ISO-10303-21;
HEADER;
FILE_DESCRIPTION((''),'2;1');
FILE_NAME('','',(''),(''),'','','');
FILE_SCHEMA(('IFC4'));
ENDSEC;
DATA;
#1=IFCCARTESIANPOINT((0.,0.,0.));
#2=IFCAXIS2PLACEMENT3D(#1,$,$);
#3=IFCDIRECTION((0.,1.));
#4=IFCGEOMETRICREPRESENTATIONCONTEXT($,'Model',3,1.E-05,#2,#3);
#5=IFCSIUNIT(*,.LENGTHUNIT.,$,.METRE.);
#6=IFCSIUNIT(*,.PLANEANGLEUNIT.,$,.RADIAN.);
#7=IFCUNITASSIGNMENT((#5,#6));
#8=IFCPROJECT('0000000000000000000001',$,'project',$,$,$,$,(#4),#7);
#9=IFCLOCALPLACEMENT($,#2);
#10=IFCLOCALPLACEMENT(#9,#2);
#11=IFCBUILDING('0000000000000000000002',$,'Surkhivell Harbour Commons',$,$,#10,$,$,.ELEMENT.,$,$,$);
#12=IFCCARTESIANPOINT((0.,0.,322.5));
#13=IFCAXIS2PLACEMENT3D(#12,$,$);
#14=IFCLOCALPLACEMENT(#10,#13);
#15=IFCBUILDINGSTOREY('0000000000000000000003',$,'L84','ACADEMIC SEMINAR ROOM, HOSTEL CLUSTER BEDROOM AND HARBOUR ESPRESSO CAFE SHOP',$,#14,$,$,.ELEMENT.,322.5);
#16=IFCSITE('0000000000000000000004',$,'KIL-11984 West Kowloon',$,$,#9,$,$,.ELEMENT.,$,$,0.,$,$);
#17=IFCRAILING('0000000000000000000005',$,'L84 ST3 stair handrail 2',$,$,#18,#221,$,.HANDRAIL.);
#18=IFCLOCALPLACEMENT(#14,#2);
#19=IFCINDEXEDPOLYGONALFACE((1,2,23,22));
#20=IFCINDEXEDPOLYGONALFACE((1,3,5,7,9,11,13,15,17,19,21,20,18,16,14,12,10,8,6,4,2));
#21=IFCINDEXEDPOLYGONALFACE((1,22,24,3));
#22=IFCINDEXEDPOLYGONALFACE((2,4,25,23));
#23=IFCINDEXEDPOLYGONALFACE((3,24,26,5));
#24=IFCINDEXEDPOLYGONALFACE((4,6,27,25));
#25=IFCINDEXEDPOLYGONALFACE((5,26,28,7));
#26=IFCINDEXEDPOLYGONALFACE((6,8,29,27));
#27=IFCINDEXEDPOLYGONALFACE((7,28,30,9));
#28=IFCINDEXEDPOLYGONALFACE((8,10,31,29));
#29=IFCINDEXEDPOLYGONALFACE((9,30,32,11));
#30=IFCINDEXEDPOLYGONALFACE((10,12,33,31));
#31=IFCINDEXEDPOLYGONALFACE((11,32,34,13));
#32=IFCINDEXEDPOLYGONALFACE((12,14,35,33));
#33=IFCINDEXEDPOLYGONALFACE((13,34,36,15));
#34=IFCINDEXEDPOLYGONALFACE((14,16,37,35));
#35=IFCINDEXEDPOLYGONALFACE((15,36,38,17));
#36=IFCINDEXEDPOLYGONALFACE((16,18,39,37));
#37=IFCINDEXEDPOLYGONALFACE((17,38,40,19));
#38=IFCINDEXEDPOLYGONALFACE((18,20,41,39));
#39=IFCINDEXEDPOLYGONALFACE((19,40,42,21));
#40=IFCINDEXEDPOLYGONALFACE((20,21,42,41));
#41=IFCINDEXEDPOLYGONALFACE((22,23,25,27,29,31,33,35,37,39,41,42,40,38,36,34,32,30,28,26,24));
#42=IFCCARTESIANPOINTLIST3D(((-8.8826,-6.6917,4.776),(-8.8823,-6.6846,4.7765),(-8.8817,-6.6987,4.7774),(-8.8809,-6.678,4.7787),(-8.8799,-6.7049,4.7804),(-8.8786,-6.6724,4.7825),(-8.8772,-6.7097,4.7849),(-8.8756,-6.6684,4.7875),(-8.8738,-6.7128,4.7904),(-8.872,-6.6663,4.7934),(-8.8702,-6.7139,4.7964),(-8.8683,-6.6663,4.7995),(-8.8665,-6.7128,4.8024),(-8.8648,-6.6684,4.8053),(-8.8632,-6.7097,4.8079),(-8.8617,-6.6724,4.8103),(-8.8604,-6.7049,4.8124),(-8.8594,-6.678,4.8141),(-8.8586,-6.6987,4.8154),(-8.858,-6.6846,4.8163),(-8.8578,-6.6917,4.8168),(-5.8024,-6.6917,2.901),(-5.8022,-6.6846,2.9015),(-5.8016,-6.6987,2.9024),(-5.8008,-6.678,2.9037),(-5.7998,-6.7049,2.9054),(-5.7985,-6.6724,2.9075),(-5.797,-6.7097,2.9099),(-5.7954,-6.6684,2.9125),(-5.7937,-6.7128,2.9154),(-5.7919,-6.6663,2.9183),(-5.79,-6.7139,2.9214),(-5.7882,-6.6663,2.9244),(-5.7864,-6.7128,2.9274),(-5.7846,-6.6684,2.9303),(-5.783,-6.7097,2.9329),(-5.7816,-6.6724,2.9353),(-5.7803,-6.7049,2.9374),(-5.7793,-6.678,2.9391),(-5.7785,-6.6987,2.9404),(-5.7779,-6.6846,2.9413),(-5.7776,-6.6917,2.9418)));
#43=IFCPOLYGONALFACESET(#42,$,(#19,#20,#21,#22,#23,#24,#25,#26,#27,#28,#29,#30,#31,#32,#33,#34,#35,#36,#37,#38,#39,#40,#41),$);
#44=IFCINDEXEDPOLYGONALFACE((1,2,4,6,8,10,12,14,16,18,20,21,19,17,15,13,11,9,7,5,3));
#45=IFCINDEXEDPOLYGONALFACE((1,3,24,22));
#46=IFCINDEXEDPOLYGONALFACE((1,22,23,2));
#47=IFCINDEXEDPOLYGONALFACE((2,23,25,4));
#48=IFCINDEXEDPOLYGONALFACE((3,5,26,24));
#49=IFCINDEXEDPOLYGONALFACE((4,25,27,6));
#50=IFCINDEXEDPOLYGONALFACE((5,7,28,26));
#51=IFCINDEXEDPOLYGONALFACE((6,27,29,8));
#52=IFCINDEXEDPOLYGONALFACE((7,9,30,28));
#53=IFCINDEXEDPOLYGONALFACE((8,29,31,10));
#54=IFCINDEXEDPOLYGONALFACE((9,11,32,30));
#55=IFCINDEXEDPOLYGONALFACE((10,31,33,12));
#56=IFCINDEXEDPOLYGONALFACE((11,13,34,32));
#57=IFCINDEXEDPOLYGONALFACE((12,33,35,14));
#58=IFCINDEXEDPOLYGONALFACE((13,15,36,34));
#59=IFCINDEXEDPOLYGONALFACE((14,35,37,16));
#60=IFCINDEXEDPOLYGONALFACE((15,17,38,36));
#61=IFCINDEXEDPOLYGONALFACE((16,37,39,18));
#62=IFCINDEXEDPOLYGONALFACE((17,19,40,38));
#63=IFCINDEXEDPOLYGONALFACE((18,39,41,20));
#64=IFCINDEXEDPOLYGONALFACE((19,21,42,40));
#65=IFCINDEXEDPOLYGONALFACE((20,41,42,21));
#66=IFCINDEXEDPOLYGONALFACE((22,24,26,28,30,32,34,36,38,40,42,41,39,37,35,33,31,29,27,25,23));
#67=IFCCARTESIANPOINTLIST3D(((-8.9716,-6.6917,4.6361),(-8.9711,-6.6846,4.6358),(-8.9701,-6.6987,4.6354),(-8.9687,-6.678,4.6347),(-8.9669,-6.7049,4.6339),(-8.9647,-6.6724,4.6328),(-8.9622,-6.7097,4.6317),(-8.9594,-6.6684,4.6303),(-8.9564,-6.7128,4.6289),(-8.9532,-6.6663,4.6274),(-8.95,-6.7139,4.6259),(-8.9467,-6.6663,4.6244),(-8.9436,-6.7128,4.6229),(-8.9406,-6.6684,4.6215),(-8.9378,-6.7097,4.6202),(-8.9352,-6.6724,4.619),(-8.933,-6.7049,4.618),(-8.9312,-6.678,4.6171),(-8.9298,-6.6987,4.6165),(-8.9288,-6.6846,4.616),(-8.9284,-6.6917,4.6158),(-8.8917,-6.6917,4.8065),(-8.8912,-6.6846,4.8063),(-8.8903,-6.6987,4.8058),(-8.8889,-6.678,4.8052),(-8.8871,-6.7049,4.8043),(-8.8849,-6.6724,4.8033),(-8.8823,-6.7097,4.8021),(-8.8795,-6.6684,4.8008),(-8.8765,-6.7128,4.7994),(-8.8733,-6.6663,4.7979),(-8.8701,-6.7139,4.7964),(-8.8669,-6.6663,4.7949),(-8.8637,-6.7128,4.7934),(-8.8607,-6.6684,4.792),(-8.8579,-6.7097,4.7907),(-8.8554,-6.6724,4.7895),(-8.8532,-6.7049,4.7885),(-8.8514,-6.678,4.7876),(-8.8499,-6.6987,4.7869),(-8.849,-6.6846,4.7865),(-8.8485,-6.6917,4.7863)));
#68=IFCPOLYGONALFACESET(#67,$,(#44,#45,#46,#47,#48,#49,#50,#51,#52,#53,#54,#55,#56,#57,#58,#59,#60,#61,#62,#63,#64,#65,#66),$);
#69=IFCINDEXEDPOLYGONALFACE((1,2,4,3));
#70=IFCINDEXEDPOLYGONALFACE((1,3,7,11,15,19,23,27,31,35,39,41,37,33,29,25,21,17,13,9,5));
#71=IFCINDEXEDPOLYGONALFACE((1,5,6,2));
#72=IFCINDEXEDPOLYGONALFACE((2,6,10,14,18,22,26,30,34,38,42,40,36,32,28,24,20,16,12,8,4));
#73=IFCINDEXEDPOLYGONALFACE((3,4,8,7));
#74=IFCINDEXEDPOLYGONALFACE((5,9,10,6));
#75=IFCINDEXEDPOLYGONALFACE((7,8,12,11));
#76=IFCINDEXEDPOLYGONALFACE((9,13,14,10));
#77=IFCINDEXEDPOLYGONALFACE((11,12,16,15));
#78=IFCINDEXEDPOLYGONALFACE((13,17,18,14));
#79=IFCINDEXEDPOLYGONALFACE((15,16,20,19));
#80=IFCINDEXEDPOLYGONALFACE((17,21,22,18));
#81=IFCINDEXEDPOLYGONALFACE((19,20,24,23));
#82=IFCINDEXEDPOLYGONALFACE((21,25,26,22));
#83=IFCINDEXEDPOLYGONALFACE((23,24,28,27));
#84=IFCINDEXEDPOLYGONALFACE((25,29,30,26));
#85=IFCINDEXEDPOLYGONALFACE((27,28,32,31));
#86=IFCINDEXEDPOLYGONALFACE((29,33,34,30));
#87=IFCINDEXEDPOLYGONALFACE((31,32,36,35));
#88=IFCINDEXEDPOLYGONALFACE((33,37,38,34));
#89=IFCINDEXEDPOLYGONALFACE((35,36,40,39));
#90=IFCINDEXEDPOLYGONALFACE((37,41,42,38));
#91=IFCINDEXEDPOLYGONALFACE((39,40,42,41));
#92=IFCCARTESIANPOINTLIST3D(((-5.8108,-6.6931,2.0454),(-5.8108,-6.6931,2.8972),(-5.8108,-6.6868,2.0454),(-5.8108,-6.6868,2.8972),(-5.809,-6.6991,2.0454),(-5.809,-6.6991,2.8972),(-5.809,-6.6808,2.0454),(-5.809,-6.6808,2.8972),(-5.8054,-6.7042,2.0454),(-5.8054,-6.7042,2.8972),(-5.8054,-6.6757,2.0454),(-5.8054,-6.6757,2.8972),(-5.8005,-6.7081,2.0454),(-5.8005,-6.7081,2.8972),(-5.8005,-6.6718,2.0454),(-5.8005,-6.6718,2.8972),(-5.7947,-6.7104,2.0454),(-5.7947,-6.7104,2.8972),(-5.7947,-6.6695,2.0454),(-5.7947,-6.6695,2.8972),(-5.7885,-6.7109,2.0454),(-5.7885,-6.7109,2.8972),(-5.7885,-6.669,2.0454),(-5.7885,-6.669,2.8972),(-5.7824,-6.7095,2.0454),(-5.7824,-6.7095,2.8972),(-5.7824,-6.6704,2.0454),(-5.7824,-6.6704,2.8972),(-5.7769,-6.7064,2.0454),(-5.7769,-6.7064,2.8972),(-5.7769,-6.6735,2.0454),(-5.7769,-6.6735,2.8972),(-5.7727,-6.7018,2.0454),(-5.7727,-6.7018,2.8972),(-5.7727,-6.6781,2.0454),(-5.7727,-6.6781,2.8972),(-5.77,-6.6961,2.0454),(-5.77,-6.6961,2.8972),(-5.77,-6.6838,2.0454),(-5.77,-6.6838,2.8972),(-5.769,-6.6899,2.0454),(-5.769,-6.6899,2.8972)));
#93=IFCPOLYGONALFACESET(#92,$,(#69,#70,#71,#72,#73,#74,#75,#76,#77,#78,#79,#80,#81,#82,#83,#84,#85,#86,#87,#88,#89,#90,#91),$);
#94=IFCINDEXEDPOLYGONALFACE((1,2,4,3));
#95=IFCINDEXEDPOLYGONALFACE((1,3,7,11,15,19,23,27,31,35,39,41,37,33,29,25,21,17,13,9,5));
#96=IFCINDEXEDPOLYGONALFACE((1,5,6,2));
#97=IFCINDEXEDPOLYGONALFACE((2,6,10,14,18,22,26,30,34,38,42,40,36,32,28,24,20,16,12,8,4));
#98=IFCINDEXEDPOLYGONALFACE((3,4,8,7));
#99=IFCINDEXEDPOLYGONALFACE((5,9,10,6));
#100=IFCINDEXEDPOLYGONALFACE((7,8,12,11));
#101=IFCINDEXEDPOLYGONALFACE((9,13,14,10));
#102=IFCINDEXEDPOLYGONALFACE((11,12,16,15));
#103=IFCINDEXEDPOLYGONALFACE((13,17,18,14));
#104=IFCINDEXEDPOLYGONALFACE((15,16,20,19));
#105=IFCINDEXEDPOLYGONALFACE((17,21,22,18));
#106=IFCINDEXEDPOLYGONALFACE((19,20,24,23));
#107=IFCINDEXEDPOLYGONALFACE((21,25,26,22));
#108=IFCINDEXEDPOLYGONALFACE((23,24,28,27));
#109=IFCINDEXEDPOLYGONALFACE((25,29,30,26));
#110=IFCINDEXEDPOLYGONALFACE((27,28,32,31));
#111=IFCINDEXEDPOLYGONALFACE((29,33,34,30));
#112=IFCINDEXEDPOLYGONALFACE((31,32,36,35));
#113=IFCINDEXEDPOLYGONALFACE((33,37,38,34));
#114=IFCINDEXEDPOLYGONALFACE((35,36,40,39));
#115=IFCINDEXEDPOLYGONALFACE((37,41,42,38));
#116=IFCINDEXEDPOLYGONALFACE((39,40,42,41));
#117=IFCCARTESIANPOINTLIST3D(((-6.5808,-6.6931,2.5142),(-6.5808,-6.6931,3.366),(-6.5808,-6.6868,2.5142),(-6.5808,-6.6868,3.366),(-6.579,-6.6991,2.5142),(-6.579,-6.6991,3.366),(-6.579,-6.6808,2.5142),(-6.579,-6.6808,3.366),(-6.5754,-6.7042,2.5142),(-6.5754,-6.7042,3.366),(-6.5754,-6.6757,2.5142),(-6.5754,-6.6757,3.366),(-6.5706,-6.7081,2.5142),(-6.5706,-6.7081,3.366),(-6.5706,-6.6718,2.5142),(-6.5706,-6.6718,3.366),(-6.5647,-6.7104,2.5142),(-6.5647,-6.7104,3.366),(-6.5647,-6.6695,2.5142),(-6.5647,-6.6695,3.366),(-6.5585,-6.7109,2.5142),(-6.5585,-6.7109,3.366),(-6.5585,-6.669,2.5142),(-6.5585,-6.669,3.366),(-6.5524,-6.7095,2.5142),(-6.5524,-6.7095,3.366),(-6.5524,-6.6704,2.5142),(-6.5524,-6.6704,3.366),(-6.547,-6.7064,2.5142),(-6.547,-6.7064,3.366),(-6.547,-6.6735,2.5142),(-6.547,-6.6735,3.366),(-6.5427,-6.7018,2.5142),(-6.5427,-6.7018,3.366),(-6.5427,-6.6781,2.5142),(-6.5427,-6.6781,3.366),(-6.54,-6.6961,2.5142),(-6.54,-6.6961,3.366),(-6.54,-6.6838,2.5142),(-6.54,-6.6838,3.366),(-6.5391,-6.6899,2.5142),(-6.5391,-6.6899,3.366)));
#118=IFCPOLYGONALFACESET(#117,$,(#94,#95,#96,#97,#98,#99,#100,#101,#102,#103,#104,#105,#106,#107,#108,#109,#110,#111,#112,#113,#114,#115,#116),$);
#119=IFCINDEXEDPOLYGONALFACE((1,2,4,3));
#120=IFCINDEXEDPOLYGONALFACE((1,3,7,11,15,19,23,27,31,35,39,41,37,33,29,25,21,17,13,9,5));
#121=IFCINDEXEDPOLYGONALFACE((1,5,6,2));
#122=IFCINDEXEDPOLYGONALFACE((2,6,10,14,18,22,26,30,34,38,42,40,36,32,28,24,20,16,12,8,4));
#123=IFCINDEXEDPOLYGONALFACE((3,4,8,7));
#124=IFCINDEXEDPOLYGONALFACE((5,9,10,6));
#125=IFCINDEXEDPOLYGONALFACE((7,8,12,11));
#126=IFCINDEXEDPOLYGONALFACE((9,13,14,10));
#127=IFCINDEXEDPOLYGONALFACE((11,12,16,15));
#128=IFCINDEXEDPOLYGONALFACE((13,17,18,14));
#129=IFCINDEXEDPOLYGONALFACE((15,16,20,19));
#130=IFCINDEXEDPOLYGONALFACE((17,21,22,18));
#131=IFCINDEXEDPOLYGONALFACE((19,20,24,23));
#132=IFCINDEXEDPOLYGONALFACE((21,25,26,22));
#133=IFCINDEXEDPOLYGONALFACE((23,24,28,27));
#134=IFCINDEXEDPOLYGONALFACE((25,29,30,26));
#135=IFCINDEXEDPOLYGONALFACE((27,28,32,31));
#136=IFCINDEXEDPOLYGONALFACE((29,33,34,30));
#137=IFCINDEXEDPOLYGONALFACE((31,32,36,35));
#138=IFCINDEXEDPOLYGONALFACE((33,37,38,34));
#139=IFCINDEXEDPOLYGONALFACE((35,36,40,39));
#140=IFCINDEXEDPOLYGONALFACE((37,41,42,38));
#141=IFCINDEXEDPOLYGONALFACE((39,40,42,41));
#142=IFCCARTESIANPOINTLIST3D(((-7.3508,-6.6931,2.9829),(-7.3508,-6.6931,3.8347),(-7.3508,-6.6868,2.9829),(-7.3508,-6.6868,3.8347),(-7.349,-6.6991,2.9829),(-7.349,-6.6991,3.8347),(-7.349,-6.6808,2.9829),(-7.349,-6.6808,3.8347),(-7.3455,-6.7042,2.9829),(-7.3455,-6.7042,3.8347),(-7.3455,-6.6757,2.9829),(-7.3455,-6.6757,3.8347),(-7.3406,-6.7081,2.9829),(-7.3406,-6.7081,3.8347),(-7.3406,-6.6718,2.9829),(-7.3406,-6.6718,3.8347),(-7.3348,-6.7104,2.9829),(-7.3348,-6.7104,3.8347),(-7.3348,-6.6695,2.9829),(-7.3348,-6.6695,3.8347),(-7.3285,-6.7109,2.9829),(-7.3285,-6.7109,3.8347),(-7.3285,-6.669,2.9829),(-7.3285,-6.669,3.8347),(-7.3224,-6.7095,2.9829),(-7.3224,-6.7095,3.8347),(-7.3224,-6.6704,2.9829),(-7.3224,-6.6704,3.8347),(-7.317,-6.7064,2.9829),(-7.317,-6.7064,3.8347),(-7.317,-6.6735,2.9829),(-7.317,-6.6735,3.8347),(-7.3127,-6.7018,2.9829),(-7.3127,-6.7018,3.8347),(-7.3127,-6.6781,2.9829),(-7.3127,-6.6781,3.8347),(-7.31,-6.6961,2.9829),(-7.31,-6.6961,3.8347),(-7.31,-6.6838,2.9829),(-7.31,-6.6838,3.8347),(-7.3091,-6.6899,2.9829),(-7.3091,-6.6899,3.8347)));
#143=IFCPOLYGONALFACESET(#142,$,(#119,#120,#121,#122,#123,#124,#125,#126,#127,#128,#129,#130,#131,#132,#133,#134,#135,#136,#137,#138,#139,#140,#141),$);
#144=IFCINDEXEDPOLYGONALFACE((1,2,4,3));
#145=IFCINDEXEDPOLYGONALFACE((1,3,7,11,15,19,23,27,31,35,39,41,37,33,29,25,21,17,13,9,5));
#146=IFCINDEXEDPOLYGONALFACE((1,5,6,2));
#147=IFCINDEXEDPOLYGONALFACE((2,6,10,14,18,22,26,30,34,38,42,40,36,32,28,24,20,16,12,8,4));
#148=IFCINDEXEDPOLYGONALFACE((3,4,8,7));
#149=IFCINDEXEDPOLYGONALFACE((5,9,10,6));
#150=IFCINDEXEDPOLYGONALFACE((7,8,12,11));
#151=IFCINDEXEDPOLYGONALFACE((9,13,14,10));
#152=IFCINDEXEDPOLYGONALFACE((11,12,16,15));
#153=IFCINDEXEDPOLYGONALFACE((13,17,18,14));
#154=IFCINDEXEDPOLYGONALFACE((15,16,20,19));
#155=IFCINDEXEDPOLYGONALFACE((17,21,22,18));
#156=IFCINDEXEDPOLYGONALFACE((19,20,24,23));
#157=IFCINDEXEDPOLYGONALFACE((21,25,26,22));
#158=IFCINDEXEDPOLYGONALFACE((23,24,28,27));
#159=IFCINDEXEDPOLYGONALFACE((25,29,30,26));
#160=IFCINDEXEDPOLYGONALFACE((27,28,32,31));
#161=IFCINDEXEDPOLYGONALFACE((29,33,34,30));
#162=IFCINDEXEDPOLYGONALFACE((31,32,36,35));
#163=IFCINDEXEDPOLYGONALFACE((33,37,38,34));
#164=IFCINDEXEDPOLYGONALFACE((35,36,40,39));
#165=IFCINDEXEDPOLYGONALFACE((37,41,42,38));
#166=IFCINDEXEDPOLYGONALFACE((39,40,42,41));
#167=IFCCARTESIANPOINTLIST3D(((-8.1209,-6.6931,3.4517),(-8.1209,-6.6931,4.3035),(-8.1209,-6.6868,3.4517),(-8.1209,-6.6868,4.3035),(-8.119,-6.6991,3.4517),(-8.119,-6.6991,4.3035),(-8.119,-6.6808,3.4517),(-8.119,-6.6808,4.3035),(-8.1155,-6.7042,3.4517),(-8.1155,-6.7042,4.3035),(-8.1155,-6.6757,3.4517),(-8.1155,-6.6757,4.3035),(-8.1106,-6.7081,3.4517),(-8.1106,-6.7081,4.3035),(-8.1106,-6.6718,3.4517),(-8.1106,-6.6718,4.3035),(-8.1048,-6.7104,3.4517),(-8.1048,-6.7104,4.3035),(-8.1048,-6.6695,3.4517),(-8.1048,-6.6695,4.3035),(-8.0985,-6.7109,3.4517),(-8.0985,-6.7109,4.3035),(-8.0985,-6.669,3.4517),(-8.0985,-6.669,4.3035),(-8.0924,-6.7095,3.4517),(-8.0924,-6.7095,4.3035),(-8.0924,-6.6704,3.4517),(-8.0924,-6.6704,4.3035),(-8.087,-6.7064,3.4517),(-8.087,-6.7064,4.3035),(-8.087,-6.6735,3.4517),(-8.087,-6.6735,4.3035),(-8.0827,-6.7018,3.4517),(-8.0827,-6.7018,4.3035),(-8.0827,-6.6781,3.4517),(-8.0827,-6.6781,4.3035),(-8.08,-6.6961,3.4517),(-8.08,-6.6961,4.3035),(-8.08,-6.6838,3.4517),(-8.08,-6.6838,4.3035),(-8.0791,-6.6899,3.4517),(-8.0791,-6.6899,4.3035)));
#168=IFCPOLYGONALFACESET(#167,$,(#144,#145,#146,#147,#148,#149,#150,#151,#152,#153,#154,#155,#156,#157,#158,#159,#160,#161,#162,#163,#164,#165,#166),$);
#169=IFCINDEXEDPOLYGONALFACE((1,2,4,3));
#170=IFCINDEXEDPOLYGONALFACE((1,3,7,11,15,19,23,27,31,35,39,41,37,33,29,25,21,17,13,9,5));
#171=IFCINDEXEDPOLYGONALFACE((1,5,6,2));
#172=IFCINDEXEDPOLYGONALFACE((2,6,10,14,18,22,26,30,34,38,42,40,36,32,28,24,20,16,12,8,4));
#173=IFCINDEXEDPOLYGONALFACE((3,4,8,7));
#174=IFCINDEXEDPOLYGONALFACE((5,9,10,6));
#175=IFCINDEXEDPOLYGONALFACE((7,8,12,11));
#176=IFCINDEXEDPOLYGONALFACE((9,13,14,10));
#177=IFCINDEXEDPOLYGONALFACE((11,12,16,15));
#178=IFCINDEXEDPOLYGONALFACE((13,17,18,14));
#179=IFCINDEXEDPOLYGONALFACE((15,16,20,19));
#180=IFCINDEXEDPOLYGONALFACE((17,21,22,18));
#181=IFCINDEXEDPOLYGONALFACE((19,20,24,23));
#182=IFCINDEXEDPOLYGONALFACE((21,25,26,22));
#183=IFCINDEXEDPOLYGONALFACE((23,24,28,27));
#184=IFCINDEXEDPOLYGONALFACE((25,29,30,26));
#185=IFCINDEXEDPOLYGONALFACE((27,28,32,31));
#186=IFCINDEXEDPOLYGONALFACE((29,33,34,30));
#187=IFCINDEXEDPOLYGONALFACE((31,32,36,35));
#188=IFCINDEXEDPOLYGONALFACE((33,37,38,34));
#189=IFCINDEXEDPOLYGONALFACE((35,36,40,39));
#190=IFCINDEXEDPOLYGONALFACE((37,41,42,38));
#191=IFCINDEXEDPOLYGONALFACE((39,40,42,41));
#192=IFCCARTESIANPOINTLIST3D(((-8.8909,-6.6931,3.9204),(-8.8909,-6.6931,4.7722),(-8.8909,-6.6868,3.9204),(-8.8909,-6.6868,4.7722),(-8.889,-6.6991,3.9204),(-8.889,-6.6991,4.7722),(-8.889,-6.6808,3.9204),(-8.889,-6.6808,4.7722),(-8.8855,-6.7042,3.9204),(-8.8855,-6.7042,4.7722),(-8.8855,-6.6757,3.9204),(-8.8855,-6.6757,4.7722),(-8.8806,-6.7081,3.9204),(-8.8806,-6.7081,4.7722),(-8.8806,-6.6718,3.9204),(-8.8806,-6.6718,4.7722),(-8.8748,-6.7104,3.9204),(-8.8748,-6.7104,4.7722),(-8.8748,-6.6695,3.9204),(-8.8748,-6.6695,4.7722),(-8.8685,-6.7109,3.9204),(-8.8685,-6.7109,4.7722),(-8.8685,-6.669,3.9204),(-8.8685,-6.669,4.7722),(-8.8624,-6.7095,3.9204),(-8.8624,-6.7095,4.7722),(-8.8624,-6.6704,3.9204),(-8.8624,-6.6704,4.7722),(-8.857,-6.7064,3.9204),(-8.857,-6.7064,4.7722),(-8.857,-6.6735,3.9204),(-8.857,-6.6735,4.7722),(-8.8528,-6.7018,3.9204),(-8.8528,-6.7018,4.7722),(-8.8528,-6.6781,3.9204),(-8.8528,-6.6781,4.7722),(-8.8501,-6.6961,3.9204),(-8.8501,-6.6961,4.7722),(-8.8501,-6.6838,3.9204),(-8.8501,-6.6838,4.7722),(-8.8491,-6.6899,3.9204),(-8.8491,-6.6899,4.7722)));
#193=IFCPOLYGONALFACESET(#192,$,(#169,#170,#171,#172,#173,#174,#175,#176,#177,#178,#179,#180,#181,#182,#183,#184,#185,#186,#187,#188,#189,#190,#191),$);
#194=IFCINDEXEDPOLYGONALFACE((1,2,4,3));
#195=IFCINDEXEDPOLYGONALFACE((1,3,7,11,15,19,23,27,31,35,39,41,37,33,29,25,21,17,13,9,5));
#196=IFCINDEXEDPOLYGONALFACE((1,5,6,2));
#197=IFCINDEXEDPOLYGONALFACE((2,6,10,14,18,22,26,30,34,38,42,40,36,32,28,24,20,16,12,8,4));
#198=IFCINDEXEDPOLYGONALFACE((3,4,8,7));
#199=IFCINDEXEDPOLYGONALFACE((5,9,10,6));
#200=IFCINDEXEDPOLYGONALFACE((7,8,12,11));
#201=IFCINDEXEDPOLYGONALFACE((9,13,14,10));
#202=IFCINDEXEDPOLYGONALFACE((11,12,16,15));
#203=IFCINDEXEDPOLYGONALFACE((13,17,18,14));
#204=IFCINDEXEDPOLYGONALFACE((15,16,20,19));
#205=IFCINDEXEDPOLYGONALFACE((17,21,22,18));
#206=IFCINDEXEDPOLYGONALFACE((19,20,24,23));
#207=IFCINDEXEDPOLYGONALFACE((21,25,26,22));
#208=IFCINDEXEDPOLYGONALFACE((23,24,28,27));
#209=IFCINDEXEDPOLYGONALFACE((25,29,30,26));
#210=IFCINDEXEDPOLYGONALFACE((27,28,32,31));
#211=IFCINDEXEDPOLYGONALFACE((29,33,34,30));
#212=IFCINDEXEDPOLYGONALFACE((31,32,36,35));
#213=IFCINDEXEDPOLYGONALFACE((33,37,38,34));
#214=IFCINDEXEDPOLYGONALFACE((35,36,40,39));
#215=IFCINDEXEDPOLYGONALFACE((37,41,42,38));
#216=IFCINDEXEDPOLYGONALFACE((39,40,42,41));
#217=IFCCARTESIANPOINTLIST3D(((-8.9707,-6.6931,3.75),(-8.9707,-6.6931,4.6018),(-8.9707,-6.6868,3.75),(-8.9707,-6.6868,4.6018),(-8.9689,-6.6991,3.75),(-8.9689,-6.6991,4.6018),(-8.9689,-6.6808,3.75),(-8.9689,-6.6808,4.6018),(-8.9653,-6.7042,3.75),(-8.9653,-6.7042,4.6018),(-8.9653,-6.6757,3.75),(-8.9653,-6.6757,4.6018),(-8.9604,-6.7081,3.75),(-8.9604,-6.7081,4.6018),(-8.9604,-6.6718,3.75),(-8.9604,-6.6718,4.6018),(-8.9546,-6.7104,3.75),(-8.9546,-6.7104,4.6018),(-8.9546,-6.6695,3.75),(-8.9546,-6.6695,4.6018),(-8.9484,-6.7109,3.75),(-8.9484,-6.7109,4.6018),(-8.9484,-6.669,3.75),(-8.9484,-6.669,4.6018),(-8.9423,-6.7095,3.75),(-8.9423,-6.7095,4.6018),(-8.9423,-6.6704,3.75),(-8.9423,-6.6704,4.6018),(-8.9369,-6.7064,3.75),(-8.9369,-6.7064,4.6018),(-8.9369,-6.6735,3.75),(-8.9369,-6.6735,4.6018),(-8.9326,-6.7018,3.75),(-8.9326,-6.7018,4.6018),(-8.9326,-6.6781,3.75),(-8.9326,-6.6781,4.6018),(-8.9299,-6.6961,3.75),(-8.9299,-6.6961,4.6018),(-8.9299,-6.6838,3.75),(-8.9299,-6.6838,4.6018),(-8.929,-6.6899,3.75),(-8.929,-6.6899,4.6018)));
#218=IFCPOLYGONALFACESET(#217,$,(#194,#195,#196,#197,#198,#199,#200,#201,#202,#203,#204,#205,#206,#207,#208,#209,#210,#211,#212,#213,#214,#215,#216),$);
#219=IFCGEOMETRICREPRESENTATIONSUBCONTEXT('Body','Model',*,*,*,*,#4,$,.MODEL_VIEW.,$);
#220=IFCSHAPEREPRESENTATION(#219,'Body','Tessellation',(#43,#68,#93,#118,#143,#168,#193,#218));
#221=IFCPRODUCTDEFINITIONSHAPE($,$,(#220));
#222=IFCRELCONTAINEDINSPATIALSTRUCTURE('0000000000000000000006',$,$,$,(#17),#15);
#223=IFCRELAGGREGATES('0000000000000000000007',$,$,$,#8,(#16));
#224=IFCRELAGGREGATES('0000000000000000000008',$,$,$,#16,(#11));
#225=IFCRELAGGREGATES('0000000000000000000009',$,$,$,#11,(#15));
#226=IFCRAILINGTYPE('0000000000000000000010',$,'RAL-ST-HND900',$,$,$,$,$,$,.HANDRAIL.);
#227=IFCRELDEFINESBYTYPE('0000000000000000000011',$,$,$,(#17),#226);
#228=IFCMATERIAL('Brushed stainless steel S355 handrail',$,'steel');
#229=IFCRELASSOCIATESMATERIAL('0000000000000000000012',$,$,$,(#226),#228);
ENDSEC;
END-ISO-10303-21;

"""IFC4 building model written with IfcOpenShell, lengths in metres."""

from ifc_helpers import new_model, si_unit, direction, frame, origin, origin_2d, place, context, subcontext, project, spatial, circle, extrude, material, type_object, element, save


model = new_model("IFC4")

# Units and contexts
model_context = context("Model", 3, precision=1e-05, world=origin(), true_north=direction((0.0, 1.0)))
body_context = subcontext(model_context, "Body", "Model", "MODEL_VIEW")
ifc_project = project(units=[si_unit("LENGTHUNIT", "METRE"), si_unit("PLANEANGLEUNIT", "RADIAN")], contexts=[model_context])

# Site, building, storey
site_placement = place(None, origin())
site = spatial("IfcSite", under=ifc_project, at=site_placement, Name="KIL-11984 West Kowloon", CompositionType="ELEMENT", RefElevation=0.0)
building_placement = place(site_placement, origin())
building = spatial("IfcBuilding", under=site, at=building_placement, Name="Surkhivell Harbour Commons", CompositionType="ELEMENT")
storey_placement = place(building_placement, frame((0.0, 0.0, 322.5)))
storey = spatial("IfcBuildingStorey", under=building, at=storey_placement, Name="L84", Description="ACADEMIC SEMINAR ROOM, HOSTEL CLUSTER BEDROOM AND HARBOUR ESPRESSO CAFE SHOP", CompositionType="ELEMENT", Elevation=322.5)

# Railing
ifc_material_1 = material(Name="Brushed stainless steel S355 handrail", Category="steel")
railing_type = type_object("IfcRailingType", Name="RAL-ST-HND900", PredefinedType="HANDRAIL", material=ifc_material_1)
railing_placement = place(storey_placement, frame((-5.79, -6.6899, 2.0454)))
element("IfcRailing", 1, at=railing_placement, inside=storey, type_object=railing_type, Name="L84 ST3 stair handrail 2", PredefinedType="HANDRAIL", context=body_context, shape_type="SweptSolid", body=[
    extrude(circle(Radius=0.0239, at=origin_2d()), frame((0.0, 0.0, 0.876), z_axis=(-0.854178, 0.0, 0.519981), x_axis=(0.0, -1.0, 0.0)), (0.0, 0.0, 1.0), 3.606),
    extrude(circle(Radius=0.0239, at=origin_2d()), frame((-3.0801, 0.0, 2.751), z_axis=(-0.424234, 0.0, -0.905552), x_axis=(0.0, -1.0, 0.0)), (0.0, 0.0, 1.0), 0.1882),
    extrude(circle(Radius=0.021, at=origin_2d()), origin(), (0.0, 0.0, 1.0), 0.8518),
    extrude(circle(Radius=0.021, at=origin_2d()), frame((-0.77, 0.0, 0.4688)), (0.0, 0.0, 1.0), 0.8518),
    extrude(circle(Radius=0.021, at=origin_2d()), frame((-1.54, 0.0, 0.9375)), (0.0, 0.0, 1.0), 0.8518),
    extrude(circle(Radius=0.021, at=origin_2d()), frame((-2.3101, 0.0, 1.4062)), (0.0, 0.0, 1.0), 0.8518),
    extrude(circle(Radius=0.021, at=origin_2d()), frame((-3.0801, 0.0, 1.875)), (0.0, 0.0, 1.0), 0.8518),
    extrude(circle(Radius=0.021, at=origin_2d()), frame((-3.1599, 0.0, 1.7046)), (0.0, 0.0, 1.0), 0.8518),
])

save(model, "model.ifc")
